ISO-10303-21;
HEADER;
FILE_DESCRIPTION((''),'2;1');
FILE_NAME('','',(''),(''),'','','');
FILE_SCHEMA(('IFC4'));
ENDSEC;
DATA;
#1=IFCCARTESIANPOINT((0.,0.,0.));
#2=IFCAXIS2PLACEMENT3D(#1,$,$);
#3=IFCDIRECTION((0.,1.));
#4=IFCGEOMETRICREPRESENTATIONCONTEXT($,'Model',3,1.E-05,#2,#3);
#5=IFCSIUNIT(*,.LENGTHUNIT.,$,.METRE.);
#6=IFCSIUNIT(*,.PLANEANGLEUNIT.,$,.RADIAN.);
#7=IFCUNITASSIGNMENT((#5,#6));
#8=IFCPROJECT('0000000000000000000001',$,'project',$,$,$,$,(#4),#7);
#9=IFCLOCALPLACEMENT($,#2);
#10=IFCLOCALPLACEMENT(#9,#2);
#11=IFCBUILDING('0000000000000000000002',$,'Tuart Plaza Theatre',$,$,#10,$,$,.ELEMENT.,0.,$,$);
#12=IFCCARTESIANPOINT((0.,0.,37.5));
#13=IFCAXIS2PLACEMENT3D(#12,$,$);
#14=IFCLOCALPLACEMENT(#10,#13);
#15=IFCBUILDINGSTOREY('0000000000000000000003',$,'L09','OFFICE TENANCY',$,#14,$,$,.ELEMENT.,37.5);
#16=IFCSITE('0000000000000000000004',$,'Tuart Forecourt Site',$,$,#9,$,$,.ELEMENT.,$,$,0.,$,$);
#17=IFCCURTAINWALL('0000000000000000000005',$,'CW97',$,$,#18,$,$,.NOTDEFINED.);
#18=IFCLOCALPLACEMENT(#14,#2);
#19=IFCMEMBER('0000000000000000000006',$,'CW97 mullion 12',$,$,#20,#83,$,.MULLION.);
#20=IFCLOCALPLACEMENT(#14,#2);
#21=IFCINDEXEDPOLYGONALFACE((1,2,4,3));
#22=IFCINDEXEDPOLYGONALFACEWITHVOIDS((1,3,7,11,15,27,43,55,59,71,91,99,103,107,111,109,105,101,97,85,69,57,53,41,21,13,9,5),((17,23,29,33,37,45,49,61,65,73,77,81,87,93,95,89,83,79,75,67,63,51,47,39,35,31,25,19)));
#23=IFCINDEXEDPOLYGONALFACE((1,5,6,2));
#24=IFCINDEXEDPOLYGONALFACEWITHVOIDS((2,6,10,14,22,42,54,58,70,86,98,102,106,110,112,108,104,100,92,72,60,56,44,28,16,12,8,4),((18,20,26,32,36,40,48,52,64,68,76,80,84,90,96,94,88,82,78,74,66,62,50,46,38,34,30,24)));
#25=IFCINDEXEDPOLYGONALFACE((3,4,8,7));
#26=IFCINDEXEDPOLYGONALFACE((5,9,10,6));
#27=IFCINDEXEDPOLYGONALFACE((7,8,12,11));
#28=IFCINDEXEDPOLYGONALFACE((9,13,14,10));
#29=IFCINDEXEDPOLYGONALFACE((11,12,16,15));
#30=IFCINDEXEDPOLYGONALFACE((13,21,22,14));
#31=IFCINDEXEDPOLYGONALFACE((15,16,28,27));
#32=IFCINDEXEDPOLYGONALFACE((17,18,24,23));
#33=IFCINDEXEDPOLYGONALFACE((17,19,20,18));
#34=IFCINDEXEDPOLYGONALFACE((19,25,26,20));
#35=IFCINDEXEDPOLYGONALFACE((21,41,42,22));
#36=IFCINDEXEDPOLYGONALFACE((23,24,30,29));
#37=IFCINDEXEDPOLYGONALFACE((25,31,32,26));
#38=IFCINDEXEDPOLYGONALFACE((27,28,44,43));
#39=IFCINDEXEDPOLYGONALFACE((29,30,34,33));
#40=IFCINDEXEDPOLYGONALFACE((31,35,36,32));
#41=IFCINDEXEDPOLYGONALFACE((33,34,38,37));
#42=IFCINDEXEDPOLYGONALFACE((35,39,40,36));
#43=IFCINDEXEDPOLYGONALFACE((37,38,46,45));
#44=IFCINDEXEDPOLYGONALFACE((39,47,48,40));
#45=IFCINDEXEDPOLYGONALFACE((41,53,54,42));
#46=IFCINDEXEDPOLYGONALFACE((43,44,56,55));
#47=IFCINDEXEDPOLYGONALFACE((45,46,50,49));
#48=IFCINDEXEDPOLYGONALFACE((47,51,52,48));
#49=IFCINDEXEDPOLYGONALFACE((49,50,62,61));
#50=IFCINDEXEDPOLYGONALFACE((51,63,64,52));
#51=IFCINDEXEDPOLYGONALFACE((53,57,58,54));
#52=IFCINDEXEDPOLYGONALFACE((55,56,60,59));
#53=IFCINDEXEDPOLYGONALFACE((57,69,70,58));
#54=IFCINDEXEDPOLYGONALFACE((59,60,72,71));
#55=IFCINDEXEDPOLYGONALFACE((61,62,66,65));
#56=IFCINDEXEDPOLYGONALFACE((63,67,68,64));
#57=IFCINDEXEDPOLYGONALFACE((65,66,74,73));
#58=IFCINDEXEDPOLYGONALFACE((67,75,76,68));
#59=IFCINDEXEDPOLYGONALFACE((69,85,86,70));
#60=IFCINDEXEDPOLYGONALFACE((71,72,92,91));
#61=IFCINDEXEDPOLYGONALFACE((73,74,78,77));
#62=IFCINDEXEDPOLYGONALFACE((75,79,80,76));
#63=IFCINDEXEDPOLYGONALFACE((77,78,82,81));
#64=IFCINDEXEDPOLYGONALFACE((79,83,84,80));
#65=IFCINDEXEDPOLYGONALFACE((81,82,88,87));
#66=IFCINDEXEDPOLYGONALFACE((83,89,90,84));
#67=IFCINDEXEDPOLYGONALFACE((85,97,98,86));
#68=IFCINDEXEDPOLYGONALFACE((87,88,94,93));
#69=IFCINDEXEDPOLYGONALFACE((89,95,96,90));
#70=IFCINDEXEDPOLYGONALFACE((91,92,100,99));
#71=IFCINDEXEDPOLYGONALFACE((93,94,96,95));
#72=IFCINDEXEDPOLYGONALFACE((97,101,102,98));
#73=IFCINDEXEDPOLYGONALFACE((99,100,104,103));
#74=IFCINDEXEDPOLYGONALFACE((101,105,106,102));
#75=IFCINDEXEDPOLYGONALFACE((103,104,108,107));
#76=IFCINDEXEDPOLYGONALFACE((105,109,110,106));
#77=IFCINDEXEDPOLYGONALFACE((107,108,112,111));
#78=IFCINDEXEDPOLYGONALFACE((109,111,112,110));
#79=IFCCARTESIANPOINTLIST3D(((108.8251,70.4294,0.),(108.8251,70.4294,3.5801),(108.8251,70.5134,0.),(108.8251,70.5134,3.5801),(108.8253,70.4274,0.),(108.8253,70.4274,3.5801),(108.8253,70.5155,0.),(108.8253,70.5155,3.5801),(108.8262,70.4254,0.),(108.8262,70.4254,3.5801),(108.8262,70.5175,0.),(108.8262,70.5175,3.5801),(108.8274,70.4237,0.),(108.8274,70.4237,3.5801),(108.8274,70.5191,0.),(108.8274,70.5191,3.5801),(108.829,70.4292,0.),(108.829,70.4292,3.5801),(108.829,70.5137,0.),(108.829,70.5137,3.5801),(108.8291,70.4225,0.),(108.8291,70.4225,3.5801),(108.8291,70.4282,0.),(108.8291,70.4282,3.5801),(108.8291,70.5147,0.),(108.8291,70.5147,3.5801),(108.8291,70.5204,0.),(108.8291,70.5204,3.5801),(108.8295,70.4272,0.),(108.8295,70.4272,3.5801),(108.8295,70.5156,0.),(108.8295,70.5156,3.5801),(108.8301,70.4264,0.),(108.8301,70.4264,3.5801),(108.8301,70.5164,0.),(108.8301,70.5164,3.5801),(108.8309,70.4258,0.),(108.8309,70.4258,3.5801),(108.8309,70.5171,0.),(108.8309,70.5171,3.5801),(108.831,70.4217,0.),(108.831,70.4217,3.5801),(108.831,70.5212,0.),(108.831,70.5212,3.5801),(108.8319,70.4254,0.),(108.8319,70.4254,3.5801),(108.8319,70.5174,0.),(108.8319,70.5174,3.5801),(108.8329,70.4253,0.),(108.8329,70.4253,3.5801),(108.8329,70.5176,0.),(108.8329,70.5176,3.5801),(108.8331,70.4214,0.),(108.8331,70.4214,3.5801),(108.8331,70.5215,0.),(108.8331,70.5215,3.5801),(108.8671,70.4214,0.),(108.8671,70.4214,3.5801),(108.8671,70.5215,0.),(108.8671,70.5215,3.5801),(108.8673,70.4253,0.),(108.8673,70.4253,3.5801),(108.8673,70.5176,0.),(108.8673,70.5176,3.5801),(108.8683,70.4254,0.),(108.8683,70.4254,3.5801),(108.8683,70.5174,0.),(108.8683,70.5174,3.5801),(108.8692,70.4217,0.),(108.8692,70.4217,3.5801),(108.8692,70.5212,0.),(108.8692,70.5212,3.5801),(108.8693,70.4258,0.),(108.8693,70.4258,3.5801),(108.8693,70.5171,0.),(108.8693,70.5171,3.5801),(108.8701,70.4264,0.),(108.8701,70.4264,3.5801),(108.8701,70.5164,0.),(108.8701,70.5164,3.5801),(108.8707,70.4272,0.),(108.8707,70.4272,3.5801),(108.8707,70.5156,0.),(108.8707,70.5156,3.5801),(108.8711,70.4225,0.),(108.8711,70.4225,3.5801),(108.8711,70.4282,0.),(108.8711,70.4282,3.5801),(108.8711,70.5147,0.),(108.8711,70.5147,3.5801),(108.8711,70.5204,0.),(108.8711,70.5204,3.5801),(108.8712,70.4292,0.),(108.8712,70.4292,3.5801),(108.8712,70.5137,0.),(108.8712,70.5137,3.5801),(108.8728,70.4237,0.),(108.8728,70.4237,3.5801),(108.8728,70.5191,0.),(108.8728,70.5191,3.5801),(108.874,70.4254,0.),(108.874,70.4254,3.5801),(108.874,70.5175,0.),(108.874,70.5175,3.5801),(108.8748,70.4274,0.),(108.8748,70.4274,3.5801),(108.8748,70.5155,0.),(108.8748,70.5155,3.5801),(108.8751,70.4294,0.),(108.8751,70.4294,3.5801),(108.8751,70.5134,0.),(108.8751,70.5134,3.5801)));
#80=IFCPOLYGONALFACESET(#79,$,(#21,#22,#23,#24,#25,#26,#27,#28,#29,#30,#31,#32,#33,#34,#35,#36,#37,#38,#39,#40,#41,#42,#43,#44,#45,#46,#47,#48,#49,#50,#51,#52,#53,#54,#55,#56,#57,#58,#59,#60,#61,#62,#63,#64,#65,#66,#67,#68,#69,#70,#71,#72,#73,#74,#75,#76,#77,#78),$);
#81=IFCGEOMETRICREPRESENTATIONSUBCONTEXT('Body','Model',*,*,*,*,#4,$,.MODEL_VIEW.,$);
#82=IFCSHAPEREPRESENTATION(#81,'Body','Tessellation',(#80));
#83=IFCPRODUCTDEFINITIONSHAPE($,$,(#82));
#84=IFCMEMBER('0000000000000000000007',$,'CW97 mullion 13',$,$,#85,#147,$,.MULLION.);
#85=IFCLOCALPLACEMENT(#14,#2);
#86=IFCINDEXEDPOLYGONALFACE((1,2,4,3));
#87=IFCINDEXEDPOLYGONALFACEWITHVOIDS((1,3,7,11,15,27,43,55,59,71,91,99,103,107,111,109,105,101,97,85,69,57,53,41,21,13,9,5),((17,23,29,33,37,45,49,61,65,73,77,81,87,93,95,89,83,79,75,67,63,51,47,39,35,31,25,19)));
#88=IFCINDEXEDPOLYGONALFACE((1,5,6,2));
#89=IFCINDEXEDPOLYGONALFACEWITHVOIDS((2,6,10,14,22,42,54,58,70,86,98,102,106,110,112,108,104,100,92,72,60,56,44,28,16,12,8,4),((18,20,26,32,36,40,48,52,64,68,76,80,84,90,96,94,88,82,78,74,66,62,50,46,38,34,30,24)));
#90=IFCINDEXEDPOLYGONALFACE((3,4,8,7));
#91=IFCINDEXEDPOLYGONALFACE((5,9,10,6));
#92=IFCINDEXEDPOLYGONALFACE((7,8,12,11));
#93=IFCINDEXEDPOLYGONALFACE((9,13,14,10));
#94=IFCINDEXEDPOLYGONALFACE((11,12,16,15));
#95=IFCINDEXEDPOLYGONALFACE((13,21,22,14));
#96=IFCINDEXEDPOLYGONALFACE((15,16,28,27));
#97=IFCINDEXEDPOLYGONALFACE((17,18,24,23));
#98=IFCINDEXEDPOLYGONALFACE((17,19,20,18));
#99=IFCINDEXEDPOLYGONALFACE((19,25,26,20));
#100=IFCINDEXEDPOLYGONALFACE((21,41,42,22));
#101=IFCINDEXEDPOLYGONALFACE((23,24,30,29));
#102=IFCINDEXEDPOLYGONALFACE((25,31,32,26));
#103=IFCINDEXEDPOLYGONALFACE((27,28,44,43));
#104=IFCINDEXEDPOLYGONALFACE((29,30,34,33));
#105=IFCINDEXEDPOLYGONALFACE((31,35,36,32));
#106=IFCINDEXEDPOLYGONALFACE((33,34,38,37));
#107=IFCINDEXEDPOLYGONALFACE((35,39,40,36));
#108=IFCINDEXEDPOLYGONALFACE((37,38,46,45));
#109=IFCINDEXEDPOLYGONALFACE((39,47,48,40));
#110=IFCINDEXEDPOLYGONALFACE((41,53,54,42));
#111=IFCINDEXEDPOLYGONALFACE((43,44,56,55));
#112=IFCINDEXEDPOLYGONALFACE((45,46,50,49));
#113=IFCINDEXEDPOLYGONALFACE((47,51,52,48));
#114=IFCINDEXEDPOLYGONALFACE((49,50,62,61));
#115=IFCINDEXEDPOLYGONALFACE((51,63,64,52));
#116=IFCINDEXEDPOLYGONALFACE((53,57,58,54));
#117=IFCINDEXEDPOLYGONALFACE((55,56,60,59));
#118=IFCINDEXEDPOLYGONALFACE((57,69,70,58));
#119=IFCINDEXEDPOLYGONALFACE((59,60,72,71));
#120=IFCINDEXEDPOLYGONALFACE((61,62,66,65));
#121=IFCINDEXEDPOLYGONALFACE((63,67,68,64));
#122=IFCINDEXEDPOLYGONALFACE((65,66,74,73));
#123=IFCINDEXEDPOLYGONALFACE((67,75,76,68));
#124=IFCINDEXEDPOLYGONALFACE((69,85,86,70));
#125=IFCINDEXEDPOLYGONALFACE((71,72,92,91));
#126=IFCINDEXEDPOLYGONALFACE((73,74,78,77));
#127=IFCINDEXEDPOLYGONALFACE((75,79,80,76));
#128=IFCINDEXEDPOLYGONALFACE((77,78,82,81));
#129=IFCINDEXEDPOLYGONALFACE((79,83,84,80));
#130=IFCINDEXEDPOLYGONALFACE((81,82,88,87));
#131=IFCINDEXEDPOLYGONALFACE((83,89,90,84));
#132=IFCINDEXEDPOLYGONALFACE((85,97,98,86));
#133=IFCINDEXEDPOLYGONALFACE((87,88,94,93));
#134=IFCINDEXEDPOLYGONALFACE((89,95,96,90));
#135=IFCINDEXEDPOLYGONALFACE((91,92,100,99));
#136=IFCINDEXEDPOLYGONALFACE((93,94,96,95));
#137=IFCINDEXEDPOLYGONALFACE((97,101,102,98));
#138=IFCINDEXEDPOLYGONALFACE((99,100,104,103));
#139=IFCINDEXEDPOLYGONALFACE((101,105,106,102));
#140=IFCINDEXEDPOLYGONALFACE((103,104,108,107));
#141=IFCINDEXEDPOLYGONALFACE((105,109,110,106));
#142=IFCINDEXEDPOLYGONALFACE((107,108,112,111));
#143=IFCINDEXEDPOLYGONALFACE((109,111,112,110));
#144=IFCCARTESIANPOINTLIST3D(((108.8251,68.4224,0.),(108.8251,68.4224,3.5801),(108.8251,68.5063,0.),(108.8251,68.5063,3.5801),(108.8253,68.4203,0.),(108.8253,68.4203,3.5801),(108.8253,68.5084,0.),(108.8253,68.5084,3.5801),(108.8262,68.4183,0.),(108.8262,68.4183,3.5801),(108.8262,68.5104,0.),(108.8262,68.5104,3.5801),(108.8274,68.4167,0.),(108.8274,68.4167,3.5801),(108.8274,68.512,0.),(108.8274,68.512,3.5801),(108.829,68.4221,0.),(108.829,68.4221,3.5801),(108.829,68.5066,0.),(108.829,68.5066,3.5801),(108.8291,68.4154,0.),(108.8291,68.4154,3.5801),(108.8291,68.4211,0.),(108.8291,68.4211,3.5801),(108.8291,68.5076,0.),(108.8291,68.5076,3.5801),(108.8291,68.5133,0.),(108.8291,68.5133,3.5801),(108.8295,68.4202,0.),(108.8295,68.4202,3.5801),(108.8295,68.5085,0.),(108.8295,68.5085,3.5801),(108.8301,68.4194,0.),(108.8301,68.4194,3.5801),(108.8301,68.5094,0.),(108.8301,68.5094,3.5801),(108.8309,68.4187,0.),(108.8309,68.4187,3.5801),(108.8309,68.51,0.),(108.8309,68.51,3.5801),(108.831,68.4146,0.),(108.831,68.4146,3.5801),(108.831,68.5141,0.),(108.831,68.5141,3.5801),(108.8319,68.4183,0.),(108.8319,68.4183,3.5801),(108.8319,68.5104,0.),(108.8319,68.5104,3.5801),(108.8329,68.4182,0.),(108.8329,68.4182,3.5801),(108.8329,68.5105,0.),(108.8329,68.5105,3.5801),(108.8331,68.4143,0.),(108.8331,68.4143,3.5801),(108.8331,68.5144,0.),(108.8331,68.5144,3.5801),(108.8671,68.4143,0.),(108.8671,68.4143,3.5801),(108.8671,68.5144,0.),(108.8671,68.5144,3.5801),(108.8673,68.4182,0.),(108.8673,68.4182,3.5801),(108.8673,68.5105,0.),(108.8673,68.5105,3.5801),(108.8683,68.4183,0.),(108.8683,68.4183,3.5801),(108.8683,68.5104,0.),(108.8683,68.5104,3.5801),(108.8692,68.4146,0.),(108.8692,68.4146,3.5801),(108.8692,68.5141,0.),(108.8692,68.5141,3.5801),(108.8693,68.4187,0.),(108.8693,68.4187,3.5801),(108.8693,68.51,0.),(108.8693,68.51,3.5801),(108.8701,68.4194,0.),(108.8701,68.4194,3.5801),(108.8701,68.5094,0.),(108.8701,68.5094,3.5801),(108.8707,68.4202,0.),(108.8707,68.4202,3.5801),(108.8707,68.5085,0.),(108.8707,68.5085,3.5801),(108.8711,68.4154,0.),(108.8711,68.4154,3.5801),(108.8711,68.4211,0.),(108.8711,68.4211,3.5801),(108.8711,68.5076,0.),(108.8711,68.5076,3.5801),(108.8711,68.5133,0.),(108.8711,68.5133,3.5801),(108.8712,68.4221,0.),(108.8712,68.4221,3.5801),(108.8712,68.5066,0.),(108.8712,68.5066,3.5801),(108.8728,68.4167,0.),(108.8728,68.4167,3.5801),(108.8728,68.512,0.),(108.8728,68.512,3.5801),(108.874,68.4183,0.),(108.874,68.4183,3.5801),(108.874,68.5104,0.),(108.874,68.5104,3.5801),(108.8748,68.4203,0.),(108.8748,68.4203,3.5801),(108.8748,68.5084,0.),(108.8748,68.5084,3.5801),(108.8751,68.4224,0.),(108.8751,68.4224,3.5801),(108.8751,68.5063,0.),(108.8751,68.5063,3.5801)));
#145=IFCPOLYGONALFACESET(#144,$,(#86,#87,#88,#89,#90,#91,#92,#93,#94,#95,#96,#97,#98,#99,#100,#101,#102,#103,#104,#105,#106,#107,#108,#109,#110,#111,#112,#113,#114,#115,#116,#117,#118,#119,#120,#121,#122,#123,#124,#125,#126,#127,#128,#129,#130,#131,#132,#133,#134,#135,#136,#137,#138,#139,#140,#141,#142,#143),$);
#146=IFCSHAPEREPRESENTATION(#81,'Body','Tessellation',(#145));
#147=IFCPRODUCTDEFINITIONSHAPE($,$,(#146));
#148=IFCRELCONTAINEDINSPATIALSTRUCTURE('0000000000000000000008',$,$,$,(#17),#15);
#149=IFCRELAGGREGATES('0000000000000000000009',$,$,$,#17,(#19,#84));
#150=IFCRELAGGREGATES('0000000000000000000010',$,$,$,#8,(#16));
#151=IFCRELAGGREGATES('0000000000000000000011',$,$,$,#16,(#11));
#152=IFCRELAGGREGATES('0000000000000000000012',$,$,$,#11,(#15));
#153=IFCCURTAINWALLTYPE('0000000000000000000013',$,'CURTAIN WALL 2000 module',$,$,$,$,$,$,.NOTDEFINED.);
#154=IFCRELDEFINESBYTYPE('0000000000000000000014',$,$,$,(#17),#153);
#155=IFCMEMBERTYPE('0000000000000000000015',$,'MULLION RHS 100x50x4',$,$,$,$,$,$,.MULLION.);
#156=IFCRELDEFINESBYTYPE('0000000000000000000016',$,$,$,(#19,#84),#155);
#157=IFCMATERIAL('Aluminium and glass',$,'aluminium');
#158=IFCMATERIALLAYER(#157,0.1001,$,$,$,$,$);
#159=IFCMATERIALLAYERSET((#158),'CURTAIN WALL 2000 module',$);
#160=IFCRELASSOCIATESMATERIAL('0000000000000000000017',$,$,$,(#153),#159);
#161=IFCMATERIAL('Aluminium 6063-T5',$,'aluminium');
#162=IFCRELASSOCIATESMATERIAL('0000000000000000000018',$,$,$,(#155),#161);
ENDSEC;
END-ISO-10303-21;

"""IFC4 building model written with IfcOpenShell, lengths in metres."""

from ifc_helpers import new_model, si_unit, direction, frame, origin, origin_2d, place, context, subcontext, project, spatial, hollow_rectangle, extrude, material, layer, layer_set, material_profile, profile_set, type_object, element, aggregate, save


model = new_model("IFC4")

# Units and contexts
model_context = context("Model", 3, precision=1e-05, world=origin(), true_north=direction((0.0, 1.0)))
body_context = subcontext(model_context, "Body", "Model", "MODEL_VIEW")
ifc_project = project(units=[si_unit("LENGTHUNIT", "METRE"), si_unit("PLANEANGLEUNIT", "RADIAN")], contexts=[model_context])

# Site, building, storey
site_placement = place(None, origin())
site = spatial("IfcSite", under=ifc_project, at=site_placement, Name="Tuart Forecourt Site", CompositionType="ELEMENT", RefElevation=0.0)
building_placement = place(site_placement, origin())
building = spatial("IfcBuilding", under=site, at=building_placement, Name="Tuart Plaza Theatre", CompositionType="ELEMENT", ElevationOfRefHeight=0.0)
storey_placement = place(building_placement, frame((0.0, 0.0, 37.5)))
storey = spatial("IfcBuildingStorey", under=building, at=storey_placement, Name="L09", Description="OFFICE TENANCY", CompositionType="ELEMENT", Elevation=37.5)

# Curtain wall, members
ifc_material_1 = material(Name="Aluminium and glass", Category="aluminium")
ifc_layer_1 = layer(ifc_material_1, 0.1001)
ifc_layer_set_1 = layer_set([ifc_layer_1], Name="CURTAIN WALL 2000 module")
curtain_wall_type = type_object("IfcCurtainWallType", Name="CURTAIN WALL 2000 module", PredefinedType="NOTDEFINED", material=ifc_layer_set_1)
curtain_wall_placement = place(storey_placement, origin())
curtain_wall = element("IfcCurtainWall", 1, at=curtain_wall_placement, inside=storey, type_object=curtain_wall_type, Name="CW97", PredefinedType="NOTDEFINED")
ifc_material_2 = material(Name="Aluminium 6063-T5", Category="aluminium")
ifc_material_profile_1 = material_profile(ifc_material_2, hollow_rectangle(XDim=0.05, YDim=0.1001, WallThickness=0.0039, InnerFilletRadius=0.0039, OuterFilletRadius=0.0081, at=origin_2d()), Name="RHS 100x50x4")
ifc_profile_set_1 = profile_set([ifc_material_profile_1], Name="Aluminium 6063-T5")
member_type_1 = type_object("IfcMemberType", Name="MULLION RHS 100x50x4", PredefinedType="MULLION", material=ifc_profile_set_1)
member_1_placement = place(storey_placement, frame((108.8501, 70.4714, 0.0), z_axis=(0.0, 0.0, 1.0), x_axis=(1.0, 0.0, 0.0)))
member_1 = element("IfcMember", 2, at=member_1_placement, type_object=member_type_1, Name="CW97 mullion 12", PredefinedType="MULLION", context=body_context, shape_type="SweptSolid", body=[
    extrude(hollow_rectangle(XDim=0.05, YDim=0.1001, WallThickness=0.0039, InnerFilletRadius=0.0039, OuterFilletRadius=0.0081, at=origin_2d()), origin(), (0.0, 0.0, 1.0), 3.5801),
])
member_2_placement = place(storey_placement, frame((108.8501, 68.4644, 0.0), z_axis=(0.0, 0.0, 1.0), x_axis=(1.0, 0.0, 0.0)))
member_2 = element("IfcMember", 3, at=member_2_placement, type_object=member_type_1, Name="CW97 mullion 13", PredefinedType="MULLION", context=body_context, shape_type="SweptSolid", body=[
    extrude(hollow_rectangle(XDim=0.05, YDim=0.1001, WallThickness=0.0039, InnerFilletRadius=0.0039, OuterFilletRadius=0.0081, at=origin_2d()), origin(), (0.0, 0.0, 1.0), 3.5801),
])
aggregate(curtain_wall, [member_1, member_2])

save(model, "model.ifc")
